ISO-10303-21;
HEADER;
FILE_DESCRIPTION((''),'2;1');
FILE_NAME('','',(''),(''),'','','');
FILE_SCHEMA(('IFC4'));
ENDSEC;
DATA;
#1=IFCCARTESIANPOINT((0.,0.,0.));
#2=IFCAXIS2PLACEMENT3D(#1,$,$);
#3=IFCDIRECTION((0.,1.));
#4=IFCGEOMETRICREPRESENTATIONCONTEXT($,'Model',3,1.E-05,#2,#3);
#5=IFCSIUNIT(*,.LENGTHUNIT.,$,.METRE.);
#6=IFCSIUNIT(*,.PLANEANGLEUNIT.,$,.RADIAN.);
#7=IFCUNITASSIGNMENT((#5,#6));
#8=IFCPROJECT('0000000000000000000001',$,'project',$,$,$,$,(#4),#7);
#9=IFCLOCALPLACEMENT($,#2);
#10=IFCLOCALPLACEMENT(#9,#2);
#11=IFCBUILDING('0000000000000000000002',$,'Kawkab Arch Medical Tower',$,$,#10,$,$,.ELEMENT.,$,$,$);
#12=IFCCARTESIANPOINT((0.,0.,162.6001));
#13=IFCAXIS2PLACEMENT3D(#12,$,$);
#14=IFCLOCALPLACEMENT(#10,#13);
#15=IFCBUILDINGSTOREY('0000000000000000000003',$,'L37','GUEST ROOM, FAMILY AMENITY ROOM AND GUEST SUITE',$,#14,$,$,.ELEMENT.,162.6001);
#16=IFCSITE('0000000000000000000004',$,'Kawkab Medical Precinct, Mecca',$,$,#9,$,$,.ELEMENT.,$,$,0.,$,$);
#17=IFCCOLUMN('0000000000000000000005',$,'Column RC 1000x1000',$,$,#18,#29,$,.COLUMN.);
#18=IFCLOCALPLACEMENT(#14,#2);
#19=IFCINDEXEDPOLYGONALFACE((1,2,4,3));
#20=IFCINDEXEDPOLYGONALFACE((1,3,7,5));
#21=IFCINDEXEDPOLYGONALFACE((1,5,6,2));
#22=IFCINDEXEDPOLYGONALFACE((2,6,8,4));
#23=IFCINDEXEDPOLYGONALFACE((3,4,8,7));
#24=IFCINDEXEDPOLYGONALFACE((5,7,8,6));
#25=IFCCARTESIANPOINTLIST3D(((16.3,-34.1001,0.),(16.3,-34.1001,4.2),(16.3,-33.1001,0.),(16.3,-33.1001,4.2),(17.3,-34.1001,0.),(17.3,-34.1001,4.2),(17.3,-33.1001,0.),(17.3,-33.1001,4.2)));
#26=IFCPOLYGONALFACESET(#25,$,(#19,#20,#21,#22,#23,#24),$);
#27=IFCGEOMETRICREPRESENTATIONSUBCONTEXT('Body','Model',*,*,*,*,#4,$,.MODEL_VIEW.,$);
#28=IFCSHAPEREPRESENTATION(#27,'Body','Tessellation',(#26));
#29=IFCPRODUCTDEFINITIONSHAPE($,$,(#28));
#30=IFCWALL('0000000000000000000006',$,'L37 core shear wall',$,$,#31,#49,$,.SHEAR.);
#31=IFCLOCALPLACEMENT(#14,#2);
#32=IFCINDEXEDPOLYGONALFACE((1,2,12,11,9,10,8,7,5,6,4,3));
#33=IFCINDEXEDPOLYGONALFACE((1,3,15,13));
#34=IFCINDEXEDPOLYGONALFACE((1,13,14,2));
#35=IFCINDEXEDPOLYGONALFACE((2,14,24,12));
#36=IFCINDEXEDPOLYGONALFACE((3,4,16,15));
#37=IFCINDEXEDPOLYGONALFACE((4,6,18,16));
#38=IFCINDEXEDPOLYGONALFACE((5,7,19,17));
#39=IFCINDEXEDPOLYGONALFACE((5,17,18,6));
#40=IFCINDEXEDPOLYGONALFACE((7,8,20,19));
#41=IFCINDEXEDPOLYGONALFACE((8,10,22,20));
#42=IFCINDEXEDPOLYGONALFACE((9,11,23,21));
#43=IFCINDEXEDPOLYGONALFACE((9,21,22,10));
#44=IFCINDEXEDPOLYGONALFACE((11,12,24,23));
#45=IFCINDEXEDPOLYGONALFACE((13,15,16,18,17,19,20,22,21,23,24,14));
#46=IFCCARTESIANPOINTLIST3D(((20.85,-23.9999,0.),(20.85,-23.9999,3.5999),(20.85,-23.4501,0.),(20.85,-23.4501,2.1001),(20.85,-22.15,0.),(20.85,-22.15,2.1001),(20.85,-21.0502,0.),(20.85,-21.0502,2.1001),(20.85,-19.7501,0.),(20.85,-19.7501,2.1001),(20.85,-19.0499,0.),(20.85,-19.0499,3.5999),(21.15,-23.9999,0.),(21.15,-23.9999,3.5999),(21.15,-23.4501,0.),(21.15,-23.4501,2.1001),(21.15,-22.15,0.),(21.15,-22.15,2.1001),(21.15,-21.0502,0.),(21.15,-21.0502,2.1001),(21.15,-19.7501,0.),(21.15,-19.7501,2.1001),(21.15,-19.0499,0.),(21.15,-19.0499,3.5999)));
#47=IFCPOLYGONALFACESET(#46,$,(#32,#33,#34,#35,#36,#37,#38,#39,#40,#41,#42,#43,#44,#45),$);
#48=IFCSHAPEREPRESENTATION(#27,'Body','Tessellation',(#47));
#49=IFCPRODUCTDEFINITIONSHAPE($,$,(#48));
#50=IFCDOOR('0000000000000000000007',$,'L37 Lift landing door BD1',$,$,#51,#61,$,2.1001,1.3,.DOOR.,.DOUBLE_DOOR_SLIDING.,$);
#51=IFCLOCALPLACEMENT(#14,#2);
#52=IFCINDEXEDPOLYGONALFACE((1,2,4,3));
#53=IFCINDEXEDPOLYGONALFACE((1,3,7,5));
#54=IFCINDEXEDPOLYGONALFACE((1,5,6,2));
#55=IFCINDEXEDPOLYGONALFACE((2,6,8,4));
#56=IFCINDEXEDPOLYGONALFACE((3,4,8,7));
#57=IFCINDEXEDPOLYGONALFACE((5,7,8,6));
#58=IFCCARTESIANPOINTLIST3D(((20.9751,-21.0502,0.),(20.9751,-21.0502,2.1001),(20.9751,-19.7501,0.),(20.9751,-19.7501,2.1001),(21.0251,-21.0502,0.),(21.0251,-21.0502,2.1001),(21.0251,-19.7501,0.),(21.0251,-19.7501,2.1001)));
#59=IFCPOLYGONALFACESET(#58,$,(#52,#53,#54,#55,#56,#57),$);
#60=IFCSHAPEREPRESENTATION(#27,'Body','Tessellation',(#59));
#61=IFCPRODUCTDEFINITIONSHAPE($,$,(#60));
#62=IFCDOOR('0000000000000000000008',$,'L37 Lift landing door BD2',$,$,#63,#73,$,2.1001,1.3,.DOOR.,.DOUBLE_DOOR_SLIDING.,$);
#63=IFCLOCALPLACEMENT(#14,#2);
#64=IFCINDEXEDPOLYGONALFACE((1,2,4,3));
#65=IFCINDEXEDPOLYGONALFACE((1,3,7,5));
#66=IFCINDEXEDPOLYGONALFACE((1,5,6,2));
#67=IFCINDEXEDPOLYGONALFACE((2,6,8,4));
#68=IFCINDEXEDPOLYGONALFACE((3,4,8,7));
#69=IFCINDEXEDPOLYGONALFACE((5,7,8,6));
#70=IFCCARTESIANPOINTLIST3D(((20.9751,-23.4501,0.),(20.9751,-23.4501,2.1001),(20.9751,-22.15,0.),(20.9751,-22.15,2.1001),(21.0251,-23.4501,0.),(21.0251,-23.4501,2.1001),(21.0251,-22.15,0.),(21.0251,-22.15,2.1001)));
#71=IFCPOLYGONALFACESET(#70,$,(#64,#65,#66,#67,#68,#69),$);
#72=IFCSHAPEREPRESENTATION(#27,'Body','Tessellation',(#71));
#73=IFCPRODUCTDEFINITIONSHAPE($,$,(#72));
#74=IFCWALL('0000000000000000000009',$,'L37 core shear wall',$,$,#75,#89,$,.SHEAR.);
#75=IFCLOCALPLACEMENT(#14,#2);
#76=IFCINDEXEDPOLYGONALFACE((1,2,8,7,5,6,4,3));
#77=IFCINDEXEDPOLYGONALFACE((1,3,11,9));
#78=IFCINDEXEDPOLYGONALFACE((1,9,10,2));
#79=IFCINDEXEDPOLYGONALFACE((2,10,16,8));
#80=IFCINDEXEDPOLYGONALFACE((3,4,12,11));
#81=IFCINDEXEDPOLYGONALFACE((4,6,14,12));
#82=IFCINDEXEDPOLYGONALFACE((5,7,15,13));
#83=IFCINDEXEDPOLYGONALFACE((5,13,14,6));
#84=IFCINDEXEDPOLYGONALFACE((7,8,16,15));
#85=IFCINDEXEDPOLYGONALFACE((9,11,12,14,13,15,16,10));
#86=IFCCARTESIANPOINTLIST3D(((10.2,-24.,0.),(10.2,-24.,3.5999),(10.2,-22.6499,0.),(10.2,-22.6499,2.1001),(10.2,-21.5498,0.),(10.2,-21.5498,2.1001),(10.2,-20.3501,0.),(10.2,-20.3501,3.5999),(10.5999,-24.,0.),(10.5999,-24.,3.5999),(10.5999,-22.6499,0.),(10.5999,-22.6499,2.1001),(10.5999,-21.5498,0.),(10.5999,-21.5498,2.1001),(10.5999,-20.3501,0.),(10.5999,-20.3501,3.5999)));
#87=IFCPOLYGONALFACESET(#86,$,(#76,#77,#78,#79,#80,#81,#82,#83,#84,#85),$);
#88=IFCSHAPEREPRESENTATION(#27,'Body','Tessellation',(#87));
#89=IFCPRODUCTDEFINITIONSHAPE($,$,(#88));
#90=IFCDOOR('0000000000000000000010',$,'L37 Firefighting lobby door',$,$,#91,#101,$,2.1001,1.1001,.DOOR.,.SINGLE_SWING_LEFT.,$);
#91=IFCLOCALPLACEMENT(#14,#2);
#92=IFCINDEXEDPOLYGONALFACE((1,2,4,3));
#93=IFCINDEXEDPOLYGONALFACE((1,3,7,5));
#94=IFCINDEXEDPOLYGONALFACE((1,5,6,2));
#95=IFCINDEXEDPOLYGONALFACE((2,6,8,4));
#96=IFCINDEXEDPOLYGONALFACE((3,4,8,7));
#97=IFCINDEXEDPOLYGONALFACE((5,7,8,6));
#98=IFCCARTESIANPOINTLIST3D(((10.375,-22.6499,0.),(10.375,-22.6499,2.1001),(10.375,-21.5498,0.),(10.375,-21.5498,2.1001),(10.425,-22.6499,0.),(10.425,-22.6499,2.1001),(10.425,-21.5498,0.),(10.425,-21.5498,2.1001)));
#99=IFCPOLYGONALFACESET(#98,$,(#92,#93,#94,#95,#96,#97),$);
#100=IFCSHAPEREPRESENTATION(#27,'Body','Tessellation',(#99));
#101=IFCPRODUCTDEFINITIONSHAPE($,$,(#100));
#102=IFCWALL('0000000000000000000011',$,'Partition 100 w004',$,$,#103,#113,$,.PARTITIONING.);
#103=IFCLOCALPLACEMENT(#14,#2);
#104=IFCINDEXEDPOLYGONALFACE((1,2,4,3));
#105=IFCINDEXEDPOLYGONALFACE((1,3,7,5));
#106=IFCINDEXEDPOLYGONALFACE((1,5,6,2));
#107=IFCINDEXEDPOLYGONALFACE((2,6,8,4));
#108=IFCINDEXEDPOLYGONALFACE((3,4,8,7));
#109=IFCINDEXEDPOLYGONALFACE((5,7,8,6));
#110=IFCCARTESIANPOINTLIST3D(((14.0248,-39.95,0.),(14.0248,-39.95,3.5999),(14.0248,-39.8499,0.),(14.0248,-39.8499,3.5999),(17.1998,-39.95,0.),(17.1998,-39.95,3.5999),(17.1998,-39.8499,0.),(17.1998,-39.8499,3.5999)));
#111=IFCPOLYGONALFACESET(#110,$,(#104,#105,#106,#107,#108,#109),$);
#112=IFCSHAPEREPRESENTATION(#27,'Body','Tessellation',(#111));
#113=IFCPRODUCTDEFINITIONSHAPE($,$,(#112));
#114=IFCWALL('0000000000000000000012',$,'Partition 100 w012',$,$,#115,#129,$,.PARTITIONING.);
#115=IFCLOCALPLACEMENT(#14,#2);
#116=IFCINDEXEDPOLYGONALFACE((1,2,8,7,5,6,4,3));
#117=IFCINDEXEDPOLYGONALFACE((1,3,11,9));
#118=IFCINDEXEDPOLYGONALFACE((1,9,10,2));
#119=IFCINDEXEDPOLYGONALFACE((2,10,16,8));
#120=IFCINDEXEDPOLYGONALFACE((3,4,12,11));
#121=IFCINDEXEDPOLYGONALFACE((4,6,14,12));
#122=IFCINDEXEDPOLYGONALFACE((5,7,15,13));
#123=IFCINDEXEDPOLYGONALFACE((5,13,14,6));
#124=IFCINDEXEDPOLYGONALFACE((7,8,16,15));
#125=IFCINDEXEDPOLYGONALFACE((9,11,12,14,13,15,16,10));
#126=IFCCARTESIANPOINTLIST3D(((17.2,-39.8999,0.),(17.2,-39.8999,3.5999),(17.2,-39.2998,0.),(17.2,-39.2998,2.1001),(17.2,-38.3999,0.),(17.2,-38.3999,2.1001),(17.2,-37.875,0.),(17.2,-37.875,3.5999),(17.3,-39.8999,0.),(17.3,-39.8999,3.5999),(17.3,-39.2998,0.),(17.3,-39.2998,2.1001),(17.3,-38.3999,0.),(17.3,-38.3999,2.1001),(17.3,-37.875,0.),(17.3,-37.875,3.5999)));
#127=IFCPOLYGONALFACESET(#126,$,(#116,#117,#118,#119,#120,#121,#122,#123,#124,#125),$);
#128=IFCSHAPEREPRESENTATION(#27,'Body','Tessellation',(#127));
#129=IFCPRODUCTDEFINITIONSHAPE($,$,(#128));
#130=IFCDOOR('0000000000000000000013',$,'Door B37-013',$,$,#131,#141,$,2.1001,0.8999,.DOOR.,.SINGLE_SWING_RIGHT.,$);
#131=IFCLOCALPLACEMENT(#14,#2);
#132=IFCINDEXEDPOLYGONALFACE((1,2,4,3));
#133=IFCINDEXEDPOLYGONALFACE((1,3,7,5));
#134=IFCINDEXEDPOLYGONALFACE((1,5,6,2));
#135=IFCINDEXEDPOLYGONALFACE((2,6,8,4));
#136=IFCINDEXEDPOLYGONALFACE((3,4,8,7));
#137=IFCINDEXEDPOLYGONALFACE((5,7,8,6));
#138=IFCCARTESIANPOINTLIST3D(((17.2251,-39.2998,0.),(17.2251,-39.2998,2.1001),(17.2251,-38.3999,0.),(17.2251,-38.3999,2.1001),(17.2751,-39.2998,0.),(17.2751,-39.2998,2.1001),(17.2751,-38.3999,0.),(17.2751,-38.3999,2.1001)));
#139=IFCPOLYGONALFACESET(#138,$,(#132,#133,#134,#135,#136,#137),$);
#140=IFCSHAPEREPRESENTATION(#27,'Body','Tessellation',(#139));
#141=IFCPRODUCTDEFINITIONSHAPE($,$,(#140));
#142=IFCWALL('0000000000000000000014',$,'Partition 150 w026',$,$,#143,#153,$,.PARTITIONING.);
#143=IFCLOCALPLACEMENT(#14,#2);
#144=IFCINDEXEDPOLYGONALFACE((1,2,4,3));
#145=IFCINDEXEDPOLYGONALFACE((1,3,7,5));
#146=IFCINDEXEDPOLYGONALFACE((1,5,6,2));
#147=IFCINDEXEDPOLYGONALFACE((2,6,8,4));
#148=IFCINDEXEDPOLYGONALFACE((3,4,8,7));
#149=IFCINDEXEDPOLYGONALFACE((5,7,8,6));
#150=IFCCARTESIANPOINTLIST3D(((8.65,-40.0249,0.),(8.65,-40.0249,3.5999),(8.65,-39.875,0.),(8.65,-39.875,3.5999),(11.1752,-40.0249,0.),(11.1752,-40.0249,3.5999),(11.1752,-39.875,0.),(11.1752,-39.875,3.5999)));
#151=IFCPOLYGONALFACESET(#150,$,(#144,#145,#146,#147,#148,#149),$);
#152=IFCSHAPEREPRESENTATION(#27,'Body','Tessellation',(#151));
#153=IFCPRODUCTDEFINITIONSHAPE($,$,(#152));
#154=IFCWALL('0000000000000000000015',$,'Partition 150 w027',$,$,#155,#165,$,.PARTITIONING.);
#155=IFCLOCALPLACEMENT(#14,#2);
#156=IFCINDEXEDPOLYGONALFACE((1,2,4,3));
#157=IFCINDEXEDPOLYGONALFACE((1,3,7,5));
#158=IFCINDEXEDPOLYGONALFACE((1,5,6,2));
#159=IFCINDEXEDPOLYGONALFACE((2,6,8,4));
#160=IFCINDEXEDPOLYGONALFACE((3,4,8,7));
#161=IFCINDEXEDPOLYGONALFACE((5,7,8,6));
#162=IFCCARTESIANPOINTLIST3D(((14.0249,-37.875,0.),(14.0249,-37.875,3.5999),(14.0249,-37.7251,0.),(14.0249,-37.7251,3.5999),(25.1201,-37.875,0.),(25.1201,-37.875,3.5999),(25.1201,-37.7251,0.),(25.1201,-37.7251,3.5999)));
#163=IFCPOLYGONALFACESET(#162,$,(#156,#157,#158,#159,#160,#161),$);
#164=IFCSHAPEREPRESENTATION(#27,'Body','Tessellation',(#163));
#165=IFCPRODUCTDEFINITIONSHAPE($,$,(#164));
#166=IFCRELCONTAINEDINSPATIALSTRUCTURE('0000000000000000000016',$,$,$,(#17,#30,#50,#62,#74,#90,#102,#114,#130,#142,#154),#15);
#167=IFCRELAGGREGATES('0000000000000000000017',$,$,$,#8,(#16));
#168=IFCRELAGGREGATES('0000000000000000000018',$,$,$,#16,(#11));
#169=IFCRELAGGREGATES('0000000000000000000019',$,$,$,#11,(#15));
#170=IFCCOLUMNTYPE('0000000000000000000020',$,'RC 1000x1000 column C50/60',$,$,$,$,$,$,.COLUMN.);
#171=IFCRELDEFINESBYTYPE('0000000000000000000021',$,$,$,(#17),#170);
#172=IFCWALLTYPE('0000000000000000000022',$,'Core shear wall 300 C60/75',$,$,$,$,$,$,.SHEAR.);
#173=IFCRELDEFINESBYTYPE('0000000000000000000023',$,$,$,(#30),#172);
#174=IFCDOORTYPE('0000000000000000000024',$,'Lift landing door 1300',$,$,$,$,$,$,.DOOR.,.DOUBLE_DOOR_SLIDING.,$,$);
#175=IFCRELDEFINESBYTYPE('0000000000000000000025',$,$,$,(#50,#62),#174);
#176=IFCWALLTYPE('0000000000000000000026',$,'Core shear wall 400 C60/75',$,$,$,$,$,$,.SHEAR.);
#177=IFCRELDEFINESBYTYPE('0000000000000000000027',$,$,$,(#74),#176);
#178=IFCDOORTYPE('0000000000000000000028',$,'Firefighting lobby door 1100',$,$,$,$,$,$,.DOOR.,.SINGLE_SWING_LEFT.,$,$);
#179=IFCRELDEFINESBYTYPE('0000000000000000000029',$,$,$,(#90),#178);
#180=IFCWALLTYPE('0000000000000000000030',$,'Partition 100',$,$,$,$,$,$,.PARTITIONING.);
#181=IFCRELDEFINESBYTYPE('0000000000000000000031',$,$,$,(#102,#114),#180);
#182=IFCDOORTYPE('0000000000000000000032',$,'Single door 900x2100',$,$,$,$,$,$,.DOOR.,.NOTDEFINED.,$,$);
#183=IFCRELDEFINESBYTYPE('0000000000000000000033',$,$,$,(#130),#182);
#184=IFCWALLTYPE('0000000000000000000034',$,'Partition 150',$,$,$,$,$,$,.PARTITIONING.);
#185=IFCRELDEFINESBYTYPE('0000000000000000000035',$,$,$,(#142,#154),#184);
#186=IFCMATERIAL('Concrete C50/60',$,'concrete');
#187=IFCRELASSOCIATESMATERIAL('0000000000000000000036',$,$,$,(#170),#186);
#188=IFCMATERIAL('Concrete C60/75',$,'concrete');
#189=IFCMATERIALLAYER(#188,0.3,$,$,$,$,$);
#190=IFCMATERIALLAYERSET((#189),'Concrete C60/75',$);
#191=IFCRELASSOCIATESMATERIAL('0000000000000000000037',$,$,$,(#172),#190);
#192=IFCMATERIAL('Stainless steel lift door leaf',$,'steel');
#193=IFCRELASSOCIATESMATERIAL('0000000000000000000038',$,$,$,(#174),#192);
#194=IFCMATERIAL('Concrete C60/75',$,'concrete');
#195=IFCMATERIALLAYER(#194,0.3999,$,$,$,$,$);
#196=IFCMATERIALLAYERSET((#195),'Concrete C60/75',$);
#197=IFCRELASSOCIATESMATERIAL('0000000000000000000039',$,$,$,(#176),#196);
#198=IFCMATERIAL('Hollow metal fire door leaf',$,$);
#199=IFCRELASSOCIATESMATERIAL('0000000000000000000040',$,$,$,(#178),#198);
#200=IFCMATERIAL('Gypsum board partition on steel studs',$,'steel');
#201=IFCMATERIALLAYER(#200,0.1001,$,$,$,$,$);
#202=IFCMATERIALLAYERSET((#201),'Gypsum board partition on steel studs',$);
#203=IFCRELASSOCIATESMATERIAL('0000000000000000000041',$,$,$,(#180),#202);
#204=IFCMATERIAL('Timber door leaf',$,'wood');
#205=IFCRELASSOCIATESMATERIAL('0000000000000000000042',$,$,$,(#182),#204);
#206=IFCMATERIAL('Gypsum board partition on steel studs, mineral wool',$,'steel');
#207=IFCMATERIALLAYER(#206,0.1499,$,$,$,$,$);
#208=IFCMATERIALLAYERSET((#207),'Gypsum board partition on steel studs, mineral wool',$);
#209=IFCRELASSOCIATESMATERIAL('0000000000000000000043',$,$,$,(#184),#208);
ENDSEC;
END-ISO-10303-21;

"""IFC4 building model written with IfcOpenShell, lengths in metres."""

from ifc_helpers import new_model, si_unit, direction, frame, frame_2d, origin, origin_2d, place, context, subcontext, project, spatial, rectangle, extrude, material, layer, layer_set, material_profile, profile_set, type_object, element, fill, save


model = new_model("IFC4")

# Units and contexts
model_context = context("Model", 3, precision=1e-05, world=origin(), true_north=direction((0.0, 1.0)))
body_context = subcontext(model_context, "Body", "Model", "MODEL_VIEW")
ifc_project = project(units=[si_unit("LENGTHUNIT", "METRE"), si_unit("PLANEANGLEUNIT", "RADIAN")], contexts=[model_context])

# Site, building, storey
site_placement = place(None, origin())
site = spatial("IfcSite", under=ifc_project, at=site_placement, Name="Kawkab Medical Precinct, Mecca", CompositionType="ELEMENT", RefElevation=0.0)
building_placement = place(site_placement, origin())
building = spatial("IfcBuilding", under=site, at=building_placement, Name="Kawkab Arch Medical Tower", CompositionType="ELEMENT")
storey_placement = place(building_placement, frame((0.0, 0.0, 162.6001)))
storey = spatial("IfcBuildingStorey", under=building, at=storey_placement, Name="L37", Description="GUEST ROOM, FAMILY AMENITY ROOM AND GUEST SUITE", CompositionType="ELEMENT", Elevation=162.6001)

# Column
ifc_material_1 = material(Name="Concrete C50/60", Category="concrete")
ifc_material_profile = material_profile(ifc_material_1, rectangle(XDim=1.0, YDim=1.0, at=origin_2d()), Name="RC 1000x1000")
ifc_profile_set = profile_set([ifc_material_profile], Name="Concrete C50/60")
column_type = type_object("IfcColumnType", Name="RC 1000x1000 column C50/60", PredefinedType="COLUMN", material=ifc_profile_set)
column_placement = place(storey_placement, frame((16.8, -33.6001, 0.0), z_axis=(0.0, 0.0, 1.0), x_axis=(1.0, 0.0, 0.0)))
element("IfcColumn", 1, at=column_placement, inside=storey, type_object=column_type, Name="Column RC 1000x1000", PredefinedType="COLUMN", context=body_context, shape_type="SweptSolid", body=[
    extrude(rectangle(XDim=1.0, YDim=1.0, at=origin_2d()), origin(), (0.0, 0.0, 1.0), 4.2),
])

# Wall, openings, doors
ifc_material_2 = material(Name="Concrete C60/75", Category="concrete")
ifc_layer_1 = layer(ifc_material_2, 0.3)
ifc_layer_set_1 = layer_set([ifc_layer_1], Name="Concrete C60/75")
wall_type_1 = type_object("IfcWallType", Name="Core shear wall 300 C60/75", PredefinedType="SHEAR", material=ifc_layer_set_1)
wall_1_placement = place(storey_placement, frame((21.0, -24.0, 0.0), z_axis=(0.0, 0.0, 1.0), x_axis=(0.0, 1.0, 0.0)))
wall_1 = element("IfcWall", 2, at=wall_1_placement, inside=storey, type_object=wall_type_1, Name="L37 core shear wall", PredefinedType="SHEAR", context=body_context, shape_type="SweptSolid", body=[
    extrude(rectangle(XDim=4.95, YDim=0.3, at=frame_2d((2.4751, 0.0))), origin(), (0.0, 0.0, 1.0), 3.5999),
])
opening_1_placement = place(wall_1_placement, frame((2.95, 0.0, 0.0)))
opening_1 = element("IfcOpeningElement", 3, at=opening_1_placement, cuts=wall_1, PredefinedType="OPENING", context=body_context, shape_type="SweptSolid", body=[
    extrude(rectangle(XDim=1.3, YDim=2.1001, at=frame_2d((0.6499, 1.05))), frame((0.0, 0.1599, 0.0), z_axis=(0.0, -1.0, 0.0), x_axis=(1.0, 0.0, 0.0)), (0.0, 0.0, 1.0), 0.3201),
])
opening_2_placement = place(wall_1_placement, frame((0.55, 0.0, 0.0)))
opening_2 = element("IfcOpeningElement", 4, at=opening_2_placement, cuts=wall_1, PredefinedType="OPENING", context=body_context, shape_type="SweptSolid", body=[
    extrude(rectangle(XDim=1.3, YDim=2.1001, at=frame_2d((0.6499, 1.05))), frame((0.0, 0.1599, 0.0), z_axis=(0.0, -1.0, 0.0), x_axis=(1.0, 0.0, 0.0)), (0.0, 0.0, 1.0), 0.3201),
])
ifc_material_3 = material(Name="Stainless steel lift door leaf", Category="steel")
door_type_1 = type_object("IfcDoorType", Name="Lift landing door 1300", OperationType="DOUBLE_DOOR_SLIDING", PredefinedType="DOOR", material=ifc_material_3)
door_1_placement = place(opening_1_placement, origin())
door_1 = element("IfcDoor", 5, at=door_1_placement, inside=storey, type_object=door_type_1, Name="L37 Lift landing door BD1", OperationType="DOUBLE_DOOR_SLIDING", OverallHeight=2.1001, OverallWidth=1.3, PredefinedType="DOOR", context=body_context, shape_type="SweptSolid", body=[
    extrude(rectangle(XDim=1.3, YDim=2.1001, at=frame_2d((0.6499, 1.05))), frame((0.0, 0.0249, 0.0), z_axis=(0.0, -1.0, 0.0), x_axis=(1.0, 0.0, 0.0)), (0.0, 0.0, 1.0), 0.05),
])
fill(opening_1, door_1)
door_2_placement = place(opening_2_placement, origin())
door_2 = element("IfcDoor", 6, at=door_2_placement, inside=storey, type_object=door_type_1, Name="L37 Lift landing door BD2", OperationType="DOUBLE_DOOR_SLIDING", OverallHeight=2.1001, OverallWidth=1.3, PredefinedType="DOOR", context=body_context, shape_type="SweptSolid", body=[
    extrude(rectangle(XDim=1.3, YDim=2.1001, at=frame_2d((0.6499, 1.05))), frame((0.0, 0.0249, 0.0), z_axis=(0.0, -1.0, 0.0), x_axis=(1.0, 0.0, 0.0)), (0.0, 0.0, 1.0), 0.05),
])
fill(opening_2, door_2)

# Wall, opening, door
ifc_material_4 = material(Name="Concrete C60/75", Category="concrete")
ifc_layer_2 = layer(ifc_material_4, 0.3999)
ifc_layer_set_2 = layer_set([ifc_layer_2], Name="Concrete C60/75")
wall_type_2 = type_object("IfcWallType", Name="Core shear wall 400 C60/75", PredefinedType="SHEAR", material=ifc_layer_set_2)
wall_2_placement = place(storey_placement, frame((10.3999, -24.0, 0.0), z_axis=(0.0, 0.0, 1.0), x_axis=(0.0, 1.0, 0.0)))
wall_2 = element("IfcWall", 7, at=wall_2_placement, inside=storey, type_object=wall_type_2, Name="L37 core shear wall", PredefinedType="SHEAR", context=body_context, shape_type="SweptSolid", body=[
    extrude(rectangle(XDim=3.6499, YDim=0.3999, at=frame_2d((1.825, 0.0))), origin(), (0.0, 0.0, 1.0), 3.5999),
])
opening_3_placement = place(wall_2_placement, frame((1.3501, 0.0, 0.0)))
opening_3 = element("IfcOpeningElement", 8, at=opening_3_placement, cuts=wall_2, PredefinedType="OPENING", context=body_context, shape_type="SweptSolid", body=[
    extrude(rectangle(XDim=1.1001, YDim=2.1001, at=frame_2d((0.55, 1.05))), frame((0.0, 0.21, 0.0), z_axis=(0.0, -1.0, 0.0), x_axis=(1.0, 0.0, 0.0)), (0.0, 0.0, 1.0), 0.4199),
])
ifc_material_5 = material(Name="Hollow metal fire door leaf")
door_type_2 = type_object("IfcDoorType", Name="Firefighting lobby door 1100", OperationType="SINGLE_SWING_LEFT", PredefinedType="DOOR", material=ifc_material_5)
door_3_placement = place(opening_3_placement, origin())
door_3 = element("IfcDoor", 9, at=door_3_placement, inside=storey, type_object=door_type_2, Name="L37 Firefighting lobby door", OperationType="SINGLE_SWING_LEFT", OverallHeight=2.1001, OverallWidth=1.1001, PredefinedType="DOOR", context=body_context, shape_type="SweptSolid", body=[
    extrude(rectangle(XDim=1.1001, YDim=2.1001, at=frame_2d((0.55, 1.05))), frame((0.0, 0.0249, 0.0), z_axis=(0.0, -1.0, 0.0), x_axis=(1.0, 0.0, 0.0)), (0.0, 0.0, 1.0), 0.05),
])
fill(opening_3, door_3)

# Wall
ifc_material_6 = material(Name="Gypsum board partition on steel studs", Category="steel")
ifc_layer_3 = layer(ifc_material_6, 0.1001)
ifc_layer_set_3 = layer_set([ifc_layer_3], Name="Gypsum board partition on steel studs")
wall_type_3 = type_object("IfcWallType", Name="Partition 100", PredefinedType="PARTITIONING", material=ifc_layer_set_3)
wall_3_placement = place(storey_placement, frame((14.0249, -39.8999, 0.0), z_axis=(0.0, 0.0, 1.0), x_axis=(1.0, 0.0, 0.0)))
element("IfcWall", 10, at=wall_3_placement, inside=storey, type_object=wall_type_3, Name="Partition 100 w004", PredefinedType="PARTITIONING", context=body_context, shape_type="SweptSolid", body=[
    extrude(rectangle(XDim=3.175, YDim=0.1001, at=frame_2d((1.5874, 0.0))), origin(), (0.0, 0.0, 1.0), 3.5999),
])

# Wall, opening, door
wall_4_placement = place(storey_placement, frame((17.25, -39.8999, 0.0), z_axis=(0.0, 0.0, 1.0), x_axis=(0.0, 1.0, 0.0)))
wall_4 = element("IfcWall", 11, at=wall_4_placement, inside=storey, type_object=wall_type_3, Name="Partition 100 w012", PredefinedType="PARTITIONING", context=body_context, shape_type="SweptSolid", body=[
    extrude(rectangle(XDim=2.0249, YDim=0.1001, at=frame_2d((1.0125, 0.0))), origin(), (0.0, 0.0, 1.0), 3.5999),
])
opening_4_placement = place(wall_4_placement, frame((0.6001, 0.0, 0.0)))
opening_4 = element("IfcOpeningElement", 12, at=opening_4_placement, cuts=wall_4, PredefinedType="OPENING", context=body_context, shape_type="SweptSolid", body=[
    extrude(rectangle(XDim=0.8999, YDim=2.1001, at=frame_2d((0.45, 1.05))), frame((0.0, 0.0601, 0.0), z_axis=(0.0, -1.0, 0.0), x_axis=(1.0, 0.0, 0.0)), (0.0, 0.0, 1.0), 0.1201),
])
ifc_material_7 = material(Name="Timber door leaf", Category="wood")
door_type_3 = type_object("IfcDoorType", Name="Single door 900x2100", OperationType="NOTDEFINED", PredefinedType="DOOR", material=ifc_material_7)
door_4_placement = place(opening_4_placement, origin())
door_4 = element("IfcDoor", 13, at=door_4_placement, inside=storey, type_object=door_type_3, Name="Door B37-013", OperationType="SINGLE_SWING_RIGHT", OverallHeight=2.1001, OverallWidth=0.8999, PredefinedType="DOOR", context=body_context, shape_type="SweptSolid", body=[
    extrude(rectangle(XDim=0.8999, YDim=2.1001, at=frame_2d((0.45, 1.05))), frame((0.0, 0.0249, 0.0), z_axis=(0.0, -1.0, 0.0), x_axis=(1.0, 0.0, 0.0)), (0.0, 0.0, 1.0), 0.05),
])
fill(opening_4, door_4)

# Walls
ifc_material_8 = material(Name="Gypsum board partition on steel studs, mineral wool", Category="steel")
ifc_layer_4 = layer(ifc_material_8, 0.1499)
ifc_layer_set_4 = layer_set([ifc_layer_4], Name="Gypsum board partition on steel studs, mineral wool")
wall_type_4 = type_object("IfcWallType", Name="Partition 150", PredefinedType="PARTITIONING", material=ifc_layer_set_4)
wall_5_placement = place(storey_placement, frame((8.6499, -39.95, 0.0), z_axis=(0.0, 0.0, 1.0), x_axis=(1.0, 0.0, 0.0)))
element("IfcWall", 14, at=wall_5_placement, inside=storey, type_object=wall_type_4, Name="Partition 150 w026", PredefinedType="PARTITIONING", context=body_context, shape_type="SweptSolid", body=[
    extrude(rectangle(XDim=2.5251, YDim=0.1499, at=frame_2d((1.2627, 0.0))), origin(), (0.0, 0.0, 1.0), 3.5999),
])
wall_6_placement = place(storey_placement, frame((14.0249, -37.8, 0.0), z_axis=(0.0, 0.0, 1.0), x_axis=(1.0, 0.0, 0.0)))
element("IfcWall", 15, at=wall_6_placement, inside=storey, type_object=wall_type_4, Name="Partition 150 w027", PredefinedType="PARTITIONING", context=body_context, shape_type="SweptSolid", body=[
    extrude(rectangle(XDim=11.0952, YDim=0.1499, at=frame_2d((5.5476, 0.0))), origin(), (0.0, 0.0, 1.0), 3.5999),
])

save(model, "model.ifc")
